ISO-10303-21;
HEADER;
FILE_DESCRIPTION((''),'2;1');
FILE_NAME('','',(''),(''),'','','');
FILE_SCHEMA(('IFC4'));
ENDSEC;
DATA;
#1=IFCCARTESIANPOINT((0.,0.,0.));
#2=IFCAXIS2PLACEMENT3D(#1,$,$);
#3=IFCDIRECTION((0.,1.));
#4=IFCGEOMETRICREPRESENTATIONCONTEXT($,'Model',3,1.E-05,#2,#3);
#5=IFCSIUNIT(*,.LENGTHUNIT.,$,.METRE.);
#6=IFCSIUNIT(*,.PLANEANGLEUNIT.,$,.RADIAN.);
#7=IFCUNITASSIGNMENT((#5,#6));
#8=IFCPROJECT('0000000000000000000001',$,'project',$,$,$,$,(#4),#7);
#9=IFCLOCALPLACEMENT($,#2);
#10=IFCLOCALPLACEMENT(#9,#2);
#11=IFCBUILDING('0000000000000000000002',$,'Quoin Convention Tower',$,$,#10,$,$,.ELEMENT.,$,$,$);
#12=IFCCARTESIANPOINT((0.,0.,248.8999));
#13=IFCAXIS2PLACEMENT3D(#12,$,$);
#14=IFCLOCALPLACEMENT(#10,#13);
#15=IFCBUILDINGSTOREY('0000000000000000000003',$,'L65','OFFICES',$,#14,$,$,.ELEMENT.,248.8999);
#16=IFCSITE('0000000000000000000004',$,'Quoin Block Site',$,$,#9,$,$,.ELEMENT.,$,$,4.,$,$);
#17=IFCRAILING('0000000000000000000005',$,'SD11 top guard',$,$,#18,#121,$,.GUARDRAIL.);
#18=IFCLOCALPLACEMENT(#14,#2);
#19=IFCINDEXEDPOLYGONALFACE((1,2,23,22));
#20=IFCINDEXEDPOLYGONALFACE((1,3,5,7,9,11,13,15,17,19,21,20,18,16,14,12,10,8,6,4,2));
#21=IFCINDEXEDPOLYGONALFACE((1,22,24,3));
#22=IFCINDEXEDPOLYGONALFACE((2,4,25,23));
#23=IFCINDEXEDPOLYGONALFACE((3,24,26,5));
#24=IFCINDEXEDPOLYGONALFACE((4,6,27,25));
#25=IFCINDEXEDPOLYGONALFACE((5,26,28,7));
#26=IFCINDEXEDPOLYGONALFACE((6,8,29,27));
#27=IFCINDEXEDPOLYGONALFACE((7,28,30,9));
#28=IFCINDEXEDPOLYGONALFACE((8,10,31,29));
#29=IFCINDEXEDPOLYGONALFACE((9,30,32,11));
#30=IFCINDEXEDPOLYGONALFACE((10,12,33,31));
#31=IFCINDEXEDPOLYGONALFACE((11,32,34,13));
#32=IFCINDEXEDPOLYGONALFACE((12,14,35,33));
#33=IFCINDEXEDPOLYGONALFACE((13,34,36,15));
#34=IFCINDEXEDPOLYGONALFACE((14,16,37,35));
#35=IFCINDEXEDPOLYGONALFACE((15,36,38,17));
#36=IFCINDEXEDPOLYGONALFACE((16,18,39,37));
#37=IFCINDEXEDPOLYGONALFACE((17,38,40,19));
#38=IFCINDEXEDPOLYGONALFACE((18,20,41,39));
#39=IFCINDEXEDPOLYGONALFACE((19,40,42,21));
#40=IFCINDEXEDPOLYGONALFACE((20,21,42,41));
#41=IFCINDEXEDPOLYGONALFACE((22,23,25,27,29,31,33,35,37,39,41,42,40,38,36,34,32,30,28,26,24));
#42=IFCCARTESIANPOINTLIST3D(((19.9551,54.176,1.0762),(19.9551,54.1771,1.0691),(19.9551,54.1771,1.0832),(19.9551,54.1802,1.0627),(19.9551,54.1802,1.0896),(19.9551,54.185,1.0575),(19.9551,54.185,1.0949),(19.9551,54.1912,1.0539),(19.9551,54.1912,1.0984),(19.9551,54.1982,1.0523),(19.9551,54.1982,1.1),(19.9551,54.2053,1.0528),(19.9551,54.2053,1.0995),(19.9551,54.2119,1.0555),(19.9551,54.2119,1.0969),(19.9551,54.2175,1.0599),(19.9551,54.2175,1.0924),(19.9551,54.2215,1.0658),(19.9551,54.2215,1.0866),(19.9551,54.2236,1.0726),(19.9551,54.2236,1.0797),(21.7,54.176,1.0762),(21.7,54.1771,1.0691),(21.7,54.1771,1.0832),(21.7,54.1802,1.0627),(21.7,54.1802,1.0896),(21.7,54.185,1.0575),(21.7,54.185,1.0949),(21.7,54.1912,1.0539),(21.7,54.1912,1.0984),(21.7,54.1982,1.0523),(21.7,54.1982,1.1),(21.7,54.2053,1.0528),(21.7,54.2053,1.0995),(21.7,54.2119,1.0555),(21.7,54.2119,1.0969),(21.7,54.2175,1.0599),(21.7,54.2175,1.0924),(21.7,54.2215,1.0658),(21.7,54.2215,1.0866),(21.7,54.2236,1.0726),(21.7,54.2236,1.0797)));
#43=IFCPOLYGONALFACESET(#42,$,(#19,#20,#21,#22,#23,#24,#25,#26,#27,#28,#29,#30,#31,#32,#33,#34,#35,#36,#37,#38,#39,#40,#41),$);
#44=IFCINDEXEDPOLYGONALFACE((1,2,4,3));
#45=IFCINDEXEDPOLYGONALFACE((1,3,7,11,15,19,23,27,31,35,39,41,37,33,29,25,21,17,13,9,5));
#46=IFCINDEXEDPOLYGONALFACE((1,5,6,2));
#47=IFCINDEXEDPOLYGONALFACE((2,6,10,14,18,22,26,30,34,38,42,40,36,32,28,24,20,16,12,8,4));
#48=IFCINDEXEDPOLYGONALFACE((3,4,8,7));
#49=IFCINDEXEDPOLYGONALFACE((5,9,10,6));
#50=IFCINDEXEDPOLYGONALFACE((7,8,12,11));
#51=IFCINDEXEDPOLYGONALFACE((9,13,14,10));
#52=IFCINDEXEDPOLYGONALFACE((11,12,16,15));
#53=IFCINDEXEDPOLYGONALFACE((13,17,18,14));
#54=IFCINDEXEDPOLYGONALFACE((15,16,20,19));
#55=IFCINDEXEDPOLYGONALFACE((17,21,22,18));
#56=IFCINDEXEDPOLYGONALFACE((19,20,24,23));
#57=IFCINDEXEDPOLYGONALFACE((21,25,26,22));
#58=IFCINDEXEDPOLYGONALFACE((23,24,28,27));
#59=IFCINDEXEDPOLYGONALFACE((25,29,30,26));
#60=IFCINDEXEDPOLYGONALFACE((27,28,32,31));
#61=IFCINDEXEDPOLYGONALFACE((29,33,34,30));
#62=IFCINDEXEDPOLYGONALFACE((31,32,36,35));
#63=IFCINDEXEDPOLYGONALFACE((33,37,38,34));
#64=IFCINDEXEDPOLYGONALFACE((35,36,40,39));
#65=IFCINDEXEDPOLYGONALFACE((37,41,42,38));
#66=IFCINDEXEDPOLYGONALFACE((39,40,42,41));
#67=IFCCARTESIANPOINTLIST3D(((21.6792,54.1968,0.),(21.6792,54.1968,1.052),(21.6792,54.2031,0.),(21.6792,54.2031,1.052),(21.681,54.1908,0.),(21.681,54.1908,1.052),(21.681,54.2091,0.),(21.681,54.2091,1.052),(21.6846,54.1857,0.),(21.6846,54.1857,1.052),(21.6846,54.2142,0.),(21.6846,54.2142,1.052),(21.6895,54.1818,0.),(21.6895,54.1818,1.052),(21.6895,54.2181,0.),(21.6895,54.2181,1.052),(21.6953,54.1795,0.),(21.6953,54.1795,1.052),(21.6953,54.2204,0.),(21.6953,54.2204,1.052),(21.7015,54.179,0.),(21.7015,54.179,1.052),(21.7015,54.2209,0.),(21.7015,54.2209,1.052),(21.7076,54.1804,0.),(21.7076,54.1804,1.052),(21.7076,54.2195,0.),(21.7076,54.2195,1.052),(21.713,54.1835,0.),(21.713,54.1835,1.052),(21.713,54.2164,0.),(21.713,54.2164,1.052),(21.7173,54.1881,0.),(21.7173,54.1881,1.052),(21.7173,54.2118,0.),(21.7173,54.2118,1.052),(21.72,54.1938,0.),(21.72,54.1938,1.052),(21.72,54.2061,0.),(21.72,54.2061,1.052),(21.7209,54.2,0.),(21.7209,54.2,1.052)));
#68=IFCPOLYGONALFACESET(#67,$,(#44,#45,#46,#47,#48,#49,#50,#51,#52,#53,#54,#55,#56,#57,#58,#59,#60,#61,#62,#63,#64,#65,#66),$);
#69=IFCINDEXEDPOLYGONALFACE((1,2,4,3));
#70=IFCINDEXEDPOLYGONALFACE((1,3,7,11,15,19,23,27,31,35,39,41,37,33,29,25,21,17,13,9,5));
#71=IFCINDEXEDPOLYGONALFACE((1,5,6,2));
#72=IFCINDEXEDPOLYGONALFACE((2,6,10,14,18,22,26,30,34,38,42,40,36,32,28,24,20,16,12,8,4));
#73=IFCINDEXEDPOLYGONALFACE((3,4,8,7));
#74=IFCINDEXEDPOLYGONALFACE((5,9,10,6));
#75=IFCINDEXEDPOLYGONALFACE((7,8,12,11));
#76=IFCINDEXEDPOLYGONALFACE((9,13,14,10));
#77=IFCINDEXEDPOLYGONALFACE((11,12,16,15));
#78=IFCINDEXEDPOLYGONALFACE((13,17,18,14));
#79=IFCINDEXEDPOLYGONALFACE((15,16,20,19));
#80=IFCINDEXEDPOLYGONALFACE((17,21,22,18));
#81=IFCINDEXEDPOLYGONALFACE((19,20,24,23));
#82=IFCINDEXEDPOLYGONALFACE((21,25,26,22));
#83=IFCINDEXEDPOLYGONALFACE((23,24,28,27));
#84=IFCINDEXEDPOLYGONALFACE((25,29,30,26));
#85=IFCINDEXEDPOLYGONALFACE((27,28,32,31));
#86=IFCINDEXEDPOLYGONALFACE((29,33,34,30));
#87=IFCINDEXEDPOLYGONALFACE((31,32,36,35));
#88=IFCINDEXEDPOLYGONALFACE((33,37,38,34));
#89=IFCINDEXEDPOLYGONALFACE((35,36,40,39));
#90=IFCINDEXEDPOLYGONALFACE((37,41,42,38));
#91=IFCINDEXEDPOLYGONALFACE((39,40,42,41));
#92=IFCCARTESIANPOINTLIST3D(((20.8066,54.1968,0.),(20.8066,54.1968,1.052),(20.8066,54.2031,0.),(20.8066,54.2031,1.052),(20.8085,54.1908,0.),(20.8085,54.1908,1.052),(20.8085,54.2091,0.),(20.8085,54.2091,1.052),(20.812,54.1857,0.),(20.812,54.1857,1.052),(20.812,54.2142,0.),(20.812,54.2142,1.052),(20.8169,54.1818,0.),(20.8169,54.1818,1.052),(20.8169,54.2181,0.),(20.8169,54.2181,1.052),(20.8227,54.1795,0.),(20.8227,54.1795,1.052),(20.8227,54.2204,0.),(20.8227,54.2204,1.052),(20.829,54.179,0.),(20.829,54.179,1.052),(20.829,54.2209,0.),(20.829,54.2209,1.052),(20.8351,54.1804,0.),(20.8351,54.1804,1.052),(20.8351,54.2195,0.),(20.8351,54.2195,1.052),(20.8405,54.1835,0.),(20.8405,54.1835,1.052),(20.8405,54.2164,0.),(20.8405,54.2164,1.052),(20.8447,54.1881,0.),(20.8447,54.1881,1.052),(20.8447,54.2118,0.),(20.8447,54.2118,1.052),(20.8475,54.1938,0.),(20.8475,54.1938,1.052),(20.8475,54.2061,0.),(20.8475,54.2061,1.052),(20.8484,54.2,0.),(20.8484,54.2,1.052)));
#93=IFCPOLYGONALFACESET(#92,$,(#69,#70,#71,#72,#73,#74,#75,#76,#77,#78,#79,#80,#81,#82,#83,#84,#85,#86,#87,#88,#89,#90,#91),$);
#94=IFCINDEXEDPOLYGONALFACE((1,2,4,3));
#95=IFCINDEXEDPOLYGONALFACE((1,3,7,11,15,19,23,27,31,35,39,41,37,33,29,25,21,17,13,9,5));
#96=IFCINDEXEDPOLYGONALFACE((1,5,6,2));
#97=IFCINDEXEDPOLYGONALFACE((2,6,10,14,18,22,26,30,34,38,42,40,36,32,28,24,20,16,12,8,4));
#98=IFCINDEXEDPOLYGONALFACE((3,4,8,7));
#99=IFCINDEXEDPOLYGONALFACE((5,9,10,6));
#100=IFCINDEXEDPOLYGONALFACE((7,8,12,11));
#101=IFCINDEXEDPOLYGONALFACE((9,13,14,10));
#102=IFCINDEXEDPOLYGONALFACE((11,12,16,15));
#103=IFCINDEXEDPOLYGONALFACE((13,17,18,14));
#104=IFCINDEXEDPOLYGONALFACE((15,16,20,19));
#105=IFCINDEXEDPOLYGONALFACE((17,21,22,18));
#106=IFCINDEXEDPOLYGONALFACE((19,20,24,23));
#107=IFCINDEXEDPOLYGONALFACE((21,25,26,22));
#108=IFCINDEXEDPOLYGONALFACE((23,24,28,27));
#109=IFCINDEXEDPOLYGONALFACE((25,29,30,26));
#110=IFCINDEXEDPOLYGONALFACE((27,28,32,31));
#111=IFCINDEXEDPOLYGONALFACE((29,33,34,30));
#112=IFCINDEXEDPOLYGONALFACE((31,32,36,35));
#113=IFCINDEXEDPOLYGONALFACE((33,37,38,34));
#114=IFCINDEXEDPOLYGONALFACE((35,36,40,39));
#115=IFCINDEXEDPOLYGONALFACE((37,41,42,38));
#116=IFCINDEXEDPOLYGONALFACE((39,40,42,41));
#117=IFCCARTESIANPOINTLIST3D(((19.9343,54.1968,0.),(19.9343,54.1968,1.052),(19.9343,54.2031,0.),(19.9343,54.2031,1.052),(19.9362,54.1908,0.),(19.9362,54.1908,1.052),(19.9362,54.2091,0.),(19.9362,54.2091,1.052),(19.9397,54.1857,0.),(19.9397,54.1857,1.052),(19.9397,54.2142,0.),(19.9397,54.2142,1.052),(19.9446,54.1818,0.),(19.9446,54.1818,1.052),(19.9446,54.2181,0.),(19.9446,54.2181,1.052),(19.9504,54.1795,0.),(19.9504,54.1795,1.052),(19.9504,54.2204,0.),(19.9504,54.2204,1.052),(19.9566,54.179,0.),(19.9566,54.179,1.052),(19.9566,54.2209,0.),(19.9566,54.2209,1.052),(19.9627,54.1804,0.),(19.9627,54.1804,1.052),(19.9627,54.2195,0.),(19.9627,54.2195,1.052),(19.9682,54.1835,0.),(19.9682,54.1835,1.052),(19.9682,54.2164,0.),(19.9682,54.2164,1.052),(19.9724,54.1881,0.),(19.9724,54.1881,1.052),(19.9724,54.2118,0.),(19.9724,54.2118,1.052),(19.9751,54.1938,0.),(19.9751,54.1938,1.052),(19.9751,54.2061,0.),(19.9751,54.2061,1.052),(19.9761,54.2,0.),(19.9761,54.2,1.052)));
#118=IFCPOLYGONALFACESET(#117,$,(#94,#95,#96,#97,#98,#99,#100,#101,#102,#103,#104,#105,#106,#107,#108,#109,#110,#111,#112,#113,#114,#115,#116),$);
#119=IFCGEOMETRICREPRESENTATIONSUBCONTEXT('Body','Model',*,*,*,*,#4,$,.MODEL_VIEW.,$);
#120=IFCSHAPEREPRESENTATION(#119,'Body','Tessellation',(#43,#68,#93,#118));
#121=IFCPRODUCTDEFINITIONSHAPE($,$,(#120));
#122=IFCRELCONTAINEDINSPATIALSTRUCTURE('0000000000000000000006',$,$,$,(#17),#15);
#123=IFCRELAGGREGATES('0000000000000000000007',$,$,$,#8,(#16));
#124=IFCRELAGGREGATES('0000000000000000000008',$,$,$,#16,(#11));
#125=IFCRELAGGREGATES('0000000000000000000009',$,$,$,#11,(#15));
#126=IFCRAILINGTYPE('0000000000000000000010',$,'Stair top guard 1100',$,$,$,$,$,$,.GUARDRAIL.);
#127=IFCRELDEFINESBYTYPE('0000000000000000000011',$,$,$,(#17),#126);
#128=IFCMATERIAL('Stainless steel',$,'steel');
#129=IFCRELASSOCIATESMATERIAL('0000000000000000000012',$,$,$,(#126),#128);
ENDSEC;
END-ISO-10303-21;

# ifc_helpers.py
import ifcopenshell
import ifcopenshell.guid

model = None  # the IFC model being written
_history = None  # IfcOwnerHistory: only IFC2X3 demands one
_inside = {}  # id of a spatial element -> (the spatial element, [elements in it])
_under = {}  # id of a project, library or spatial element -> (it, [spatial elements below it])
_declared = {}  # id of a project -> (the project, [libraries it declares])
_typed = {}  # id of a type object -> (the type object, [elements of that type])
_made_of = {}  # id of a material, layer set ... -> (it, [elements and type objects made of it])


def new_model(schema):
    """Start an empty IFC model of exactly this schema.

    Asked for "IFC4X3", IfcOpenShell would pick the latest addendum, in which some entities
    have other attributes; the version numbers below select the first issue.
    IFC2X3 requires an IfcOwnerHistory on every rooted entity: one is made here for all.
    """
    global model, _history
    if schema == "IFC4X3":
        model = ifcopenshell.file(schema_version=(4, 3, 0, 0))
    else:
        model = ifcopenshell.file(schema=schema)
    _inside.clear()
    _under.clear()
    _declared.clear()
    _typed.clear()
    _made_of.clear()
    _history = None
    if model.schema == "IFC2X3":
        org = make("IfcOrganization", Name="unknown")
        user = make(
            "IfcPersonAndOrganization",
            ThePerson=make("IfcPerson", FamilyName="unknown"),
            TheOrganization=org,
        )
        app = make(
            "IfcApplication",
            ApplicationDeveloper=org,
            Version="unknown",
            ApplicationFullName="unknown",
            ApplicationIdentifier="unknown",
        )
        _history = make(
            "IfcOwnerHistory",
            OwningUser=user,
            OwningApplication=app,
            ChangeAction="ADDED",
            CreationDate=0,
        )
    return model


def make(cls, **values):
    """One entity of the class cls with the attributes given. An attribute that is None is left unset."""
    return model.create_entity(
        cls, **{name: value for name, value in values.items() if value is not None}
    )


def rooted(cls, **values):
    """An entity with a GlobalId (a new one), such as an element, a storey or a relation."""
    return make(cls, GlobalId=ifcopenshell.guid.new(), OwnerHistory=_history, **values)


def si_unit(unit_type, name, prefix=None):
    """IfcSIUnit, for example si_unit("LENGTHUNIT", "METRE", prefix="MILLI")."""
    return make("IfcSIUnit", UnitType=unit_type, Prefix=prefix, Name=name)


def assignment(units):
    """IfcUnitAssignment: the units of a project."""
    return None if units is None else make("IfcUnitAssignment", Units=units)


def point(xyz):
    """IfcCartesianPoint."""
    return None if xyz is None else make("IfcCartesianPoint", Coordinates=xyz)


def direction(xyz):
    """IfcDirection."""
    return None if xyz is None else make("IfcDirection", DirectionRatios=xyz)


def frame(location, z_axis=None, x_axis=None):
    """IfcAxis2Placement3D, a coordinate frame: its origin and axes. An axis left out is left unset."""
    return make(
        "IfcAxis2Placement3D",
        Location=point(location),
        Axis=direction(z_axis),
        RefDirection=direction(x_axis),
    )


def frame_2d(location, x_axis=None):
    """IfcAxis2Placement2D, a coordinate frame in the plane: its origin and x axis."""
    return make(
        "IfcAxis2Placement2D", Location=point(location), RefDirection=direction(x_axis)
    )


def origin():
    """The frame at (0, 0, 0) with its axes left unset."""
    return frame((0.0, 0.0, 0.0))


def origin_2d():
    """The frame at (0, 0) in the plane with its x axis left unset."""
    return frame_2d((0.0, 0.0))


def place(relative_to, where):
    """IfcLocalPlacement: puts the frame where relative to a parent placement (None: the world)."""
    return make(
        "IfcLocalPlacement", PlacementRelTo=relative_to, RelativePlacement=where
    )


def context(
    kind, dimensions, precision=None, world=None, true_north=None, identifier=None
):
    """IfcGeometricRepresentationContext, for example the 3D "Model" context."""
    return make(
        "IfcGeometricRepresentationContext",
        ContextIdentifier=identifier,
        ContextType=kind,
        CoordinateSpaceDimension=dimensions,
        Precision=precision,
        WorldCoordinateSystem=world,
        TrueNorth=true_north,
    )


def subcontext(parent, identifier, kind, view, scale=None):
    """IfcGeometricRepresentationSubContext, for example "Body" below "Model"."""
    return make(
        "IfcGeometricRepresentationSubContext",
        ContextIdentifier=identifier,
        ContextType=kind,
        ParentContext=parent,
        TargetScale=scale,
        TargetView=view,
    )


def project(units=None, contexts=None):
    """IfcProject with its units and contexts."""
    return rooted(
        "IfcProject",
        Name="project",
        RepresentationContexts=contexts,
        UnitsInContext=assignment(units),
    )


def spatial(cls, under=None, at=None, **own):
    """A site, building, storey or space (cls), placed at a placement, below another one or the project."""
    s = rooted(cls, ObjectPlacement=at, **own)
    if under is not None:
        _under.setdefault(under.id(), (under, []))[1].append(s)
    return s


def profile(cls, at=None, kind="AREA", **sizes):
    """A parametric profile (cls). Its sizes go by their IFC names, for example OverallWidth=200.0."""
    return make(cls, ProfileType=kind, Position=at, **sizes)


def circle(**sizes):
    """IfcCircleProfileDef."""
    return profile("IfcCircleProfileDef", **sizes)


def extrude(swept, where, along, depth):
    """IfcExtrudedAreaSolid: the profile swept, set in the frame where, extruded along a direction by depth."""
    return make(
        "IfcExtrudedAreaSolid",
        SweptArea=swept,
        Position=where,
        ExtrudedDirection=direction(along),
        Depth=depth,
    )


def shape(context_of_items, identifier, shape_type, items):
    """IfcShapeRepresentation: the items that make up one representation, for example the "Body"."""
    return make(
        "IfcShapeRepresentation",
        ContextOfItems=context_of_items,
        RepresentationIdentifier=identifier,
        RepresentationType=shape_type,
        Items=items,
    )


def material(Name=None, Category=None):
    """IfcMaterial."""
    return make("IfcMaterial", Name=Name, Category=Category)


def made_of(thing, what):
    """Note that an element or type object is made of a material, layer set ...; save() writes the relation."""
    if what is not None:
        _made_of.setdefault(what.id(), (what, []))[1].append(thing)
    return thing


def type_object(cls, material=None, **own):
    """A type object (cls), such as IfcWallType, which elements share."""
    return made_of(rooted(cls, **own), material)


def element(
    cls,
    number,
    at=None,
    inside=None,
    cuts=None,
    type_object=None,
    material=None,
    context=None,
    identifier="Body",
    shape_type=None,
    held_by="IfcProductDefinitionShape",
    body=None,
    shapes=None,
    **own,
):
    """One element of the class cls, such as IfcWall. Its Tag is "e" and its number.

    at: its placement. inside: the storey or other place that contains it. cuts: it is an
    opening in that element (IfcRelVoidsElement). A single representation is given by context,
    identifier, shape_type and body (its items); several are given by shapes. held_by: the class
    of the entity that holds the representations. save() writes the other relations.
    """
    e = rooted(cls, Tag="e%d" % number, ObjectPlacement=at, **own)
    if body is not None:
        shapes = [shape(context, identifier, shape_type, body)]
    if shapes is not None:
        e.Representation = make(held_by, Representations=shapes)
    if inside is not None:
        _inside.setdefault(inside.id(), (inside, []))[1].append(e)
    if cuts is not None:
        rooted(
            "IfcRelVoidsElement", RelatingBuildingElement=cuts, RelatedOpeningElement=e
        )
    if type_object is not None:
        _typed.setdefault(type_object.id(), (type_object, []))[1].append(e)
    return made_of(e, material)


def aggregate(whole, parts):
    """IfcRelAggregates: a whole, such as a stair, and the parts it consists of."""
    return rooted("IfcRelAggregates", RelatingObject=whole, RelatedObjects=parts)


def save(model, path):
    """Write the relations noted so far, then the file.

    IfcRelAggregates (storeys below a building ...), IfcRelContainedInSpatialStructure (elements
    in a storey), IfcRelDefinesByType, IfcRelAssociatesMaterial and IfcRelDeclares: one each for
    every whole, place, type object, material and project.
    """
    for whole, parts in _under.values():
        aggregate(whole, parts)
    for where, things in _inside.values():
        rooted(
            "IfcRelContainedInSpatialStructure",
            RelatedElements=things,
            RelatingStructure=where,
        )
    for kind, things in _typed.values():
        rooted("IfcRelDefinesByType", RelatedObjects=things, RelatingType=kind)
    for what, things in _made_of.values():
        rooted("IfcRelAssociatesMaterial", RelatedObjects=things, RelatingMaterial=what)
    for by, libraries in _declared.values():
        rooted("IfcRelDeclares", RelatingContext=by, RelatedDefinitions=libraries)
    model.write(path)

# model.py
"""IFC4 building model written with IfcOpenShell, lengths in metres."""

from ifc_helpers import new_model, si_unit, direction, frame, origin, origin_2d, place, context, subcontext, project, spatial, circle, extrude, material, type_object, element, save


model = new_model("IFC4")

# Units and contexts
model_context = context("Model", 3, precision=1e-05, world=origin(), true_north=direction((0.0, 1.0)))
body_context = subcontext(model_context, "Body", "Model", "MODEL_VIEW")
ifc_project = project(units=[si_unit("LENGTHUNIT", "METRE"), si_unit("PLANEANGLEUNIT", "RADIAN")], contexts=[model_context])

# Site, building, storey
site_placement = place(None, origin())
site = spatial("IfcSite", under=ifc_project, at=site_placement, Name="Quoin Block Site", CompositionType="ELEMENT", RefElevation=4.0)
building_placement = place(site_placement, origin())
building = spatial("IfcBuilding", under=site, at=building_placement, Name="Quoin Convention Tower", CompositionType="ELEMENT")
storey_placement = place(building_placement, frame((0.0, 0.0, 248.8999)))
storey = spatial("IfcBuildingStorey", under=building, at=storey_placement, Name="L65", Description="OFFICES", CompositionType="ELEMENT", Elevation=248.8999)

# Railing
ifc_material_1 = material(Name="Stainless steel", Category="steel")
railing_type_1 = type_object("IfcRailingType", Name="Stair top guard 1100", PredefinedType="GUARDRAIL", material=ifc_material_1)
railing_1_placement = place(storey_placement, frame((21.7, 54.2, 0.0)))
element("IfcRailing", 1, at=railing_1_placement, inside=storey, type_object=railing_type_1, Name="SD11 top guard", PredefinedType="GUARDRAIL", context=body_context, shape_type="SweptSolid", body=[
    extrude(circle(Radius=0.0239, at=origin_2d()), frame((0.0, 0.0, 1.0762), z_axis=(-1.0, 0.0, 0.0), x_axis=(0.0, -1.0, 0.0)), (0.0, 0.0, 1.0), 1.7449),
    extrude(circle(Radius=0.021, at=origin_2d()), origin(), (0.0, 0.0, 1.0), 1.052),
    extrude(circle(Radius=0.021, at=origin_2d()), frame((-0.8726, 0.0, 0.0)), (0.0, 0.0, 1.0), 1.052),
    extrude(circle(Radius=0.021, at=origin_2d()), frame((-1.7449, 0.0, 0.0)), (0.0, 0.0, 1.0), 1.052),
])

save(model, "model.ifc")
